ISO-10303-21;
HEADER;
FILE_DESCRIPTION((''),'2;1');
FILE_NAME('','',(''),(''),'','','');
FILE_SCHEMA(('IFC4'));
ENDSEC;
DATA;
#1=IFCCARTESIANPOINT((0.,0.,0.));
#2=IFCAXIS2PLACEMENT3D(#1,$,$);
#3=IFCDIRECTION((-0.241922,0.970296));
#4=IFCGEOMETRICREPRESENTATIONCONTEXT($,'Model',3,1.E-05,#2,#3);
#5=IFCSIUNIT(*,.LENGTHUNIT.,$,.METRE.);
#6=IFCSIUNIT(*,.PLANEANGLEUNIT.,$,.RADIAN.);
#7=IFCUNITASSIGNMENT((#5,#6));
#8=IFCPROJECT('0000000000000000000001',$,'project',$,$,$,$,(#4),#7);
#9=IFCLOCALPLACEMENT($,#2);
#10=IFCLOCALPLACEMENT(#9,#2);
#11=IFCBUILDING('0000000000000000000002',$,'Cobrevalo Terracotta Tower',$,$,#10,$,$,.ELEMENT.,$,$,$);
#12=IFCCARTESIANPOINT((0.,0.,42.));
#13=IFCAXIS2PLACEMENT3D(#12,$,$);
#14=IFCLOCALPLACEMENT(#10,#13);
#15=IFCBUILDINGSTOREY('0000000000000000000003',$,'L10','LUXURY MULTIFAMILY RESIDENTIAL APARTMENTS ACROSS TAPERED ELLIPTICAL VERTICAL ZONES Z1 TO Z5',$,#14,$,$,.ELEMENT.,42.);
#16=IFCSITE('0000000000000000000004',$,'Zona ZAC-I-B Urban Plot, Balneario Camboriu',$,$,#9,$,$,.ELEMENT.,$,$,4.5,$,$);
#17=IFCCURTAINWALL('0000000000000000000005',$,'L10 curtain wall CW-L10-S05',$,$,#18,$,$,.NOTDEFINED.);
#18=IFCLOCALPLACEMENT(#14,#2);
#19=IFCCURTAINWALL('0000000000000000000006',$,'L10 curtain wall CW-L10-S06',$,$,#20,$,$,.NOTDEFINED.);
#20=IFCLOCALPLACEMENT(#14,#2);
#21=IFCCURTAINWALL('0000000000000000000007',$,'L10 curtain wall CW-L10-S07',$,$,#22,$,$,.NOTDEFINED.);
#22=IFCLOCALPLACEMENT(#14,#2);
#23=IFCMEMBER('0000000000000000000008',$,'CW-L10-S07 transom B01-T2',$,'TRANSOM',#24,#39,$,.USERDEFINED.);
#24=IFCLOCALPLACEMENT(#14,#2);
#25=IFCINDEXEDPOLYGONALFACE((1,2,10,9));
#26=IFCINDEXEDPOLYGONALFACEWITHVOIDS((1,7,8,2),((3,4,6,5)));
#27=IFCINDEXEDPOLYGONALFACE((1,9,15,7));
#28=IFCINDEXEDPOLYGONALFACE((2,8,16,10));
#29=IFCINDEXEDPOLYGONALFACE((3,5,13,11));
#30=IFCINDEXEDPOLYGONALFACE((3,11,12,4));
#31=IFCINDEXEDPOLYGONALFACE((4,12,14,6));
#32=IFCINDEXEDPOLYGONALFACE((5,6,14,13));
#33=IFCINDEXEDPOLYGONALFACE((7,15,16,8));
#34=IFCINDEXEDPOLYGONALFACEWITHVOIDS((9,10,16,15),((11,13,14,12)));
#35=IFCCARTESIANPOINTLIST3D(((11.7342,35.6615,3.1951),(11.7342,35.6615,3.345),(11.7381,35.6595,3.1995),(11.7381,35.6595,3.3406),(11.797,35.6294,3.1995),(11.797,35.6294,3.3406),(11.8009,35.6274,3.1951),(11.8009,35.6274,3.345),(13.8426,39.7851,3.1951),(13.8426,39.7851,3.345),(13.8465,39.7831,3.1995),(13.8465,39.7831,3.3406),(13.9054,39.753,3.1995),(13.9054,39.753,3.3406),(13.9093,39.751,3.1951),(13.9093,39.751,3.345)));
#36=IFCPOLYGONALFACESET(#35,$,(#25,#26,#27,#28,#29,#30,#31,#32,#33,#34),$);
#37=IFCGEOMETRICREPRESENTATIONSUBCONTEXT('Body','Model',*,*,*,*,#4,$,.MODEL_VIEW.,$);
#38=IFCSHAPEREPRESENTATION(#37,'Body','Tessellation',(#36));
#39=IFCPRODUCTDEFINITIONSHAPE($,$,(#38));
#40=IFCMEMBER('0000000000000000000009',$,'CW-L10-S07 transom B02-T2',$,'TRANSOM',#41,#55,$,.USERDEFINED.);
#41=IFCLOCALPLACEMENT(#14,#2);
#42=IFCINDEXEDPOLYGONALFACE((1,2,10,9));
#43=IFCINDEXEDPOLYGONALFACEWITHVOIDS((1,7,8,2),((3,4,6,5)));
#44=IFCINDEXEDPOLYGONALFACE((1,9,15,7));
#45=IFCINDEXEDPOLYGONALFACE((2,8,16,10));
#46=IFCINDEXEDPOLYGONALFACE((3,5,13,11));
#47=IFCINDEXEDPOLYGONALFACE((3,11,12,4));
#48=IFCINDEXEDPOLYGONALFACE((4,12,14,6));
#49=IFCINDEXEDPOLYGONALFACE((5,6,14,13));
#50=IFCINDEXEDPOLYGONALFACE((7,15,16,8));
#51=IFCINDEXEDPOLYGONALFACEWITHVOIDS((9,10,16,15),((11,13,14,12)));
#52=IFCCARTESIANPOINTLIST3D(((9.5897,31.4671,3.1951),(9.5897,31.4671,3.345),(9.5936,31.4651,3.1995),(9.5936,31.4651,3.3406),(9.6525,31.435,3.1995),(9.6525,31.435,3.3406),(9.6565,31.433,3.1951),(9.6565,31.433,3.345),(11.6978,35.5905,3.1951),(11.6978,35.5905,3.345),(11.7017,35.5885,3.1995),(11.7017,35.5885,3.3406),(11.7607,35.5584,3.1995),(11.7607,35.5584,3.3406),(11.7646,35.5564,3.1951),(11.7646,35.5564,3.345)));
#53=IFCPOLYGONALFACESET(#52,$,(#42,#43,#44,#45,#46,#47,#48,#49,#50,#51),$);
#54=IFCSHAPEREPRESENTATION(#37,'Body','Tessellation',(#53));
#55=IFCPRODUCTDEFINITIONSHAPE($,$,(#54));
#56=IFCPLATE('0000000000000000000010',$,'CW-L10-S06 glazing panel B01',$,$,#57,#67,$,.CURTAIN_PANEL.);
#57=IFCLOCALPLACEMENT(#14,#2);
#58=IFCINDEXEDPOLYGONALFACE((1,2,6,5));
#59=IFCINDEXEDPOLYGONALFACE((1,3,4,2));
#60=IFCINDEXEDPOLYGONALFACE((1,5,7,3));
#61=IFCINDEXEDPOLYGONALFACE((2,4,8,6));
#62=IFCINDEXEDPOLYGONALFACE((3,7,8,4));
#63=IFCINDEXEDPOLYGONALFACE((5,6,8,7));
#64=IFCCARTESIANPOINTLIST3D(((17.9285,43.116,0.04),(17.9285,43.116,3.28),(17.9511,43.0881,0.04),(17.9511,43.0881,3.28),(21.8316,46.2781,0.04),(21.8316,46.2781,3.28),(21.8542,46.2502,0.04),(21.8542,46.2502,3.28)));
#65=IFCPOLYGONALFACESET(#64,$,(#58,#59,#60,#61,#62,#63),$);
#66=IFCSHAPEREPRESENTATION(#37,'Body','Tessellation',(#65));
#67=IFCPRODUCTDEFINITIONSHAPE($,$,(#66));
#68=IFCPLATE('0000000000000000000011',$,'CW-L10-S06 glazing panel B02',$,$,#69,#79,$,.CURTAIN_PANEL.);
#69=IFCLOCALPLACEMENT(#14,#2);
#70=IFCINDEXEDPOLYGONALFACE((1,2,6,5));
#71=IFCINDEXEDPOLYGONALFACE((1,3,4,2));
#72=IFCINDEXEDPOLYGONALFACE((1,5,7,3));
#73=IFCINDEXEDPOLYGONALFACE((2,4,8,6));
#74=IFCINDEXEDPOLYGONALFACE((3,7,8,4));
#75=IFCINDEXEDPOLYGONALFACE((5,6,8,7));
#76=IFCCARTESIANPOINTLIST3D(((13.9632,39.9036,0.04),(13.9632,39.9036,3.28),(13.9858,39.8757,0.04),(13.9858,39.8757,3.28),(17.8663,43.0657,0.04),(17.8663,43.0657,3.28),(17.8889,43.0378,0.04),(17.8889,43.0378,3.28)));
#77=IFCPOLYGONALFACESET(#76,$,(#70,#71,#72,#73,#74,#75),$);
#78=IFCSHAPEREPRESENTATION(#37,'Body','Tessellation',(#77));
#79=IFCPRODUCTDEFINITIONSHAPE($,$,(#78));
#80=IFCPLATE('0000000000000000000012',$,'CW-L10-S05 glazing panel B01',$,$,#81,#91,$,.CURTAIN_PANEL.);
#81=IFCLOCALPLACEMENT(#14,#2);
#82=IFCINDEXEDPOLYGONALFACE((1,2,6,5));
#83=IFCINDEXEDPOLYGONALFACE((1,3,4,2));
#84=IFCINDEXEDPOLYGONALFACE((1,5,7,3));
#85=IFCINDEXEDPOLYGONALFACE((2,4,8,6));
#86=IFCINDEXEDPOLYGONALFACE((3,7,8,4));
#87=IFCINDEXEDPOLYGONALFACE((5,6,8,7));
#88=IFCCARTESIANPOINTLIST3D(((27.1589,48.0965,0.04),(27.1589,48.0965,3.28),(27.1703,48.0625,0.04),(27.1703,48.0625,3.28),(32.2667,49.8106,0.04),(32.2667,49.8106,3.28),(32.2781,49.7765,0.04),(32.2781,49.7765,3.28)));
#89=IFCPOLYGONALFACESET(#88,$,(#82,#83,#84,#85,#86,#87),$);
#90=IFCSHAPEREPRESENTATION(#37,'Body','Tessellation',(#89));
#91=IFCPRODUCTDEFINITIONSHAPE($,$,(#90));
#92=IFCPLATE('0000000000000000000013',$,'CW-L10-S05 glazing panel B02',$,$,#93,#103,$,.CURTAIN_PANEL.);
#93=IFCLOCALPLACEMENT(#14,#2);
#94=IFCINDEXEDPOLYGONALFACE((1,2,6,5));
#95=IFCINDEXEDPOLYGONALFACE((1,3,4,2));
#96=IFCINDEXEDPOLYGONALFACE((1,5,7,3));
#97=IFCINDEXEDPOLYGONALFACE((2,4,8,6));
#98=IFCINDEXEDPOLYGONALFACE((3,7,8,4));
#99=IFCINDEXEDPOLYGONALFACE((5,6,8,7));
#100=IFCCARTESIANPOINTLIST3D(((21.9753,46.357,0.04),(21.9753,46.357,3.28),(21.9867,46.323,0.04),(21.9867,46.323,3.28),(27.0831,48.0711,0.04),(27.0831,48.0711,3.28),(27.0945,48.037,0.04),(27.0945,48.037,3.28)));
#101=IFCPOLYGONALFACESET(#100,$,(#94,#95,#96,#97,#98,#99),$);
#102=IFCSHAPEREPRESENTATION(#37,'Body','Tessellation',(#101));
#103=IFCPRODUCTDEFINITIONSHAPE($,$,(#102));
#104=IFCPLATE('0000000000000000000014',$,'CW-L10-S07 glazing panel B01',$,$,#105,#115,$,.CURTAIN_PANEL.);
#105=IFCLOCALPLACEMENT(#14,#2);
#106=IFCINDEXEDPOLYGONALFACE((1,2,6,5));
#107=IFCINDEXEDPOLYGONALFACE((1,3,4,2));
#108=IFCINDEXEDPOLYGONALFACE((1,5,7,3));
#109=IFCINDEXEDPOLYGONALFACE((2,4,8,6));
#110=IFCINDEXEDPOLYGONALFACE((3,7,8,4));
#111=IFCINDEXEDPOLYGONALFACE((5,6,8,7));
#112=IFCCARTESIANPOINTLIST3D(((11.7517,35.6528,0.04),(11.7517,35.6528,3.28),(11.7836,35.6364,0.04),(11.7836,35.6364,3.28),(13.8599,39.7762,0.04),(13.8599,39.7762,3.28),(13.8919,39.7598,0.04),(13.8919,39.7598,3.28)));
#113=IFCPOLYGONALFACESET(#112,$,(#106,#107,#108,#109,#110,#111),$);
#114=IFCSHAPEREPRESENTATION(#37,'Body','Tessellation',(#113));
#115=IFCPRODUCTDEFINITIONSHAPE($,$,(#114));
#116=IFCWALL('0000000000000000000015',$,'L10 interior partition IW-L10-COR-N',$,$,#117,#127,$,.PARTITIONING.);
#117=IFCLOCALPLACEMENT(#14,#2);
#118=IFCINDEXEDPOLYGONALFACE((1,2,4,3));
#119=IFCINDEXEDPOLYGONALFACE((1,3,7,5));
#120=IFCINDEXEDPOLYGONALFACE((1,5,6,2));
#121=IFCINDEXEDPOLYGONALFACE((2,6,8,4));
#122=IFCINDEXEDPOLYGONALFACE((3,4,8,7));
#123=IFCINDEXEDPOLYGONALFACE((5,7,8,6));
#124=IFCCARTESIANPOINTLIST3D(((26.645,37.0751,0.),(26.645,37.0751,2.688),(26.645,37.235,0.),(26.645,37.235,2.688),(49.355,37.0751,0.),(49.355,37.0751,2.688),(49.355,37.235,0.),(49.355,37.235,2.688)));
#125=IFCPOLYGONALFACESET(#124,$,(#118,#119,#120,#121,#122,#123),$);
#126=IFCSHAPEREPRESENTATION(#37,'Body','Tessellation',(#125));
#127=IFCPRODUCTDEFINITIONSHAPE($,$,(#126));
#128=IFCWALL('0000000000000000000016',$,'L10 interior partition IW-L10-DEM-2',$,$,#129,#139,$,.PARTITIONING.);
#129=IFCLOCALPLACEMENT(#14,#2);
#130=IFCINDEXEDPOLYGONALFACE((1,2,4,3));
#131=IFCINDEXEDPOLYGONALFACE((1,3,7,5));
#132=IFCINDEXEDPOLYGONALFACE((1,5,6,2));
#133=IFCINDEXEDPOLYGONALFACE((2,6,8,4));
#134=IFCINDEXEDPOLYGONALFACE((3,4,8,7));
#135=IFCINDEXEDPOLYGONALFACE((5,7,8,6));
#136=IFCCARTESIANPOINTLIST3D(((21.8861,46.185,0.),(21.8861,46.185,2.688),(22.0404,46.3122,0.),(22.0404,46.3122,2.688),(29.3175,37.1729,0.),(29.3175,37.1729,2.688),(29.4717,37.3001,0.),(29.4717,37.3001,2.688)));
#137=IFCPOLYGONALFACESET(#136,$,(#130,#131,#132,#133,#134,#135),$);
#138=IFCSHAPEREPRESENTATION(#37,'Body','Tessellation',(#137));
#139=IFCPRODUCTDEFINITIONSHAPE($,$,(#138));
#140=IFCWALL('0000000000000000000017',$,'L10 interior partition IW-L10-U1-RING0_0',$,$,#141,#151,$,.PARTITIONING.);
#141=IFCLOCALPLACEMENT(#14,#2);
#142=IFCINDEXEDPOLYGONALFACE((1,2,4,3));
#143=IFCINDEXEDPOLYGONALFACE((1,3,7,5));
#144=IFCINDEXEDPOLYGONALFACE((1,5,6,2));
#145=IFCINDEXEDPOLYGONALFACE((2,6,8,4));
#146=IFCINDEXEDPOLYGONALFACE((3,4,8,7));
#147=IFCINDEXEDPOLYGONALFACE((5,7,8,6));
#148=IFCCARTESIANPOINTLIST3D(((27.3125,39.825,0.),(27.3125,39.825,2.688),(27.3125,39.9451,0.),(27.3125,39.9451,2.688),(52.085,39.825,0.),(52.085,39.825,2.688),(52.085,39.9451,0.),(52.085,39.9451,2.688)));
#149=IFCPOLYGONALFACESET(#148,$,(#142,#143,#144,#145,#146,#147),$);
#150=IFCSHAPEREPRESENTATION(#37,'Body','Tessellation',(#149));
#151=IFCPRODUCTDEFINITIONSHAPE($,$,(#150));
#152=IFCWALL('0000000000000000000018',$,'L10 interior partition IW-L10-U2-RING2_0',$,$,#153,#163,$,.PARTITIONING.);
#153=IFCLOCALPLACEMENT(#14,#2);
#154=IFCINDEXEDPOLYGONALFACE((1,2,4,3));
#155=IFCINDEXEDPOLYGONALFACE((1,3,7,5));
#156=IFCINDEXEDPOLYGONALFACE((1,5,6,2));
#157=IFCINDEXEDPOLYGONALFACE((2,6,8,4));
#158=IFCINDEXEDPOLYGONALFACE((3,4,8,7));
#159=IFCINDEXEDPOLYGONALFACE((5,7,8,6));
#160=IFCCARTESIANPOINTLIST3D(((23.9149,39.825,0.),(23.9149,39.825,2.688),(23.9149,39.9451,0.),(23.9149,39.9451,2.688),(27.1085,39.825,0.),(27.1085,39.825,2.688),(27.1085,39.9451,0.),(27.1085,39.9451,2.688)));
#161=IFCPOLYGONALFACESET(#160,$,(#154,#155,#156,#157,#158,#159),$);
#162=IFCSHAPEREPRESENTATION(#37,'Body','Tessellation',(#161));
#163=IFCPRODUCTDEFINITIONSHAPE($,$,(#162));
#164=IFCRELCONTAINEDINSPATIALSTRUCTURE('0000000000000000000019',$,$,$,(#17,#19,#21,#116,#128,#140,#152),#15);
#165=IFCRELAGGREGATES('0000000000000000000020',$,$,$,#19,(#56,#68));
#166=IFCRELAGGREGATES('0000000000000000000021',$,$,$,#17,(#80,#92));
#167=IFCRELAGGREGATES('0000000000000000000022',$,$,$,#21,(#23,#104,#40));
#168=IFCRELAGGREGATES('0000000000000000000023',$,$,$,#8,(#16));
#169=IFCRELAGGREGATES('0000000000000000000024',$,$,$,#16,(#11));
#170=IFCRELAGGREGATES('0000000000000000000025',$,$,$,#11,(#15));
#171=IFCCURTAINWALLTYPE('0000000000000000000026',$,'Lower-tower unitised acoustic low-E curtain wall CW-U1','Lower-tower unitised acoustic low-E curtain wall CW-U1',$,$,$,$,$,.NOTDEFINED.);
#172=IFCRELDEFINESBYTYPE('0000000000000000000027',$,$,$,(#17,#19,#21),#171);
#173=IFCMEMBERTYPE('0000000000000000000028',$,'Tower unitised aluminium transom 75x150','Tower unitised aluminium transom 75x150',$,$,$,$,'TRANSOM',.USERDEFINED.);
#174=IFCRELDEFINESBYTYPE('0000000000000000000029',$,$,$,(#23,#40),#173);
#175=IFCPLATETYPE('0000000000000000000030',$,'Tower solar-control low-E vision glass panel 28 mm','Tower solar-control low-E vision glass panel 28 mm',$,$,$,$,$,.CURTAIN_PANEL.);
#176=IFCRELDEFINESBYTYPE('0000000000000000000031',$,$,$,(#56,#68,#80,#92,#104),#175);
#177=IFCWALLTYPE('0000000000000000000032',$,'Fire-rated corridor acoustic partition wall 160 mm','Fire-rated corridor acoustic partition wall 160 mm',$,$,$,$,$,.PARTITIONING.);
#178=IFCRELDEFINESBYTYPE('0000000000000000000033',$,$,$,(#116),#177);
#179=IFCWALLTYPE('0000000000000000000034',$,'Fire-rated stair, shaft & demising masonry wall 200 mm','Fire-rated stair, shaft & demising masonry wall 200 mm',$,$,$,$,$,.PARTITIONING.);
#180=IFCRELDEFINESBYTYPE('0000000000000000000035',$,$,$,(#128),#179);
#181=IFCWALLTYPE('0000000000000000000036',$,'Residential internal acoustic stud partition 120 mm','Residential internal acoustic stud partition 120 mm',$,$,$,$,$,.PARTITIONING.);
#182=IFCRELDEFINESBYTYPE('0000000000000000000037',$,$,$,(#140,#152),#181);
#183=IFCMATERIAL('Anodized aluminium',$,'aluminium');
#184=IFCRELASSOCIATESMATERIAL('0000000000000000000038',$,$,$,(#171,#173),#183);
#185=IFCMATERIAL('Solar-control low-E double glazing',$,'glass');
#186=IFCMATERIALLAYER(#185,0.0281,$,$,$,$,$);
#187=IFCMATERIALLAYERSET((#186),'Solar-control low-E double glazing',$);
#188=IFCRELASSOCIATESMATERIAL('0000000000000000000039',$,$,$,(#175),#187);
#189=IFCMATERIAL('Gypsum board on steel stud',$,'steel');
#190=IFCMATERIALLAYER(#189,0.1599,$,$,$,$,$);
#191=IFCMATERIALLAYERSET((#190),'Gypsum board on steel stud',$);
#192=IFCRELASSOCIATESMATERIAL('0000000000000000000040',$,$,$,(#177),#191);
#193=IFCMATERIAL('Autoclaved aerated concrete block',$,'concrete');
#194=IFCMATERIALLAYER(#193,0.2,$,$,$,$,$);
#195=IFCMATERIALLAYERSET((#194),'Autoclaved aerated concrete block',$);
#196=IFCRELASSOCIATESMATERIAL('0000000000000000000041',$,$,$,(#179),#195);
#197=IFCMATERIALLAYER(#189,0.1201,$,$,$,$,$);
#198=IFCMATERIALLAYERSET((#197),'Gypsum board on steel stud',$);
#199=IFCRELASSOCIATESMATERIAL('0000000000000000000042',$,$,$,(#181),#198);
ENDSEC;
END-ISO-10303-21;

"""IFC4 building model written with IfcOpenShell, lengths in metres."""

from ifc_helpers import new_model, si_unit, direction, frame, frame_2d, origin, origin_2d, place, context, subcontext, project, spatial, rectangle, hollow_rectangle, extrude, source, transform, mapped, material, layer, layer_set, material_profile, profile_set, type_object, element, aggregate, save


model = new_model("IFC4")

# Units and contexts
model_context = context("Model", 3, precision=1e-05, world=origin(), true_north=direction((-0.241922, 0.970296)))
body_context = subcontext(model_context, "Body", "Model", "MODEL_VIEW")
ifc_project = project(units=[si_unit("LENGTHUNIT", "METRE"), si_unit("PLANEANGLEUNIT", "RADIAN")], contexts=[model_context])

# Site, building, storey
site_placement = place(None, origin())
site = spatial("IfcSite", under=ifc_project, at=site_placement, Name="Zona ZAC-I-B Urban Plot, Balneario Camboriu", CompositionType="ELEMENT", RefElevation=4.5)
building_placement = place(site_placement, origin())
building = spatial("IfcBuilding", under=site, at=building_placement, Name="Cobrevalo Terracotta Tower", CompositionType="ELEMENT")
storey_placement = place(building_placement, frame((0.0, 0.0, 42.0)))
storey = spatial("IfcBuildingStorey", under=building, at=storey_placement, Name="L10", Description="LUXURY MULTIFAMILY RESIDENTIAL APARTMENTS ACROSS TAPERED ELLIPTICAL VERTICAL ZONES Z1 TO Z5", CompositionType="ELEMENT", Elevation=42.0)

# Curtain walls
ifc_material_1 = material(Name="Anodized aluminium", Category="aluminium")
curtain_wall_type = type_object("IfcCurtainWallType", Name="Lower-tower unitised acoustic low-E curtain wall CW-U1", Description="Lower-tower unitised acoustic low-E curtain wall CW-U1", PredefinedType="NOTDEFINED", material=ifc_material_1)
curtain_wall_1_placement = place(storey_placement, origin())
curtain_wall_1 = element("IfcCurtainWall", 1, at=curtain_wall_1_placement, inside=storey, type_object=curtain_wall_type, Name="L10 curtain wall CW-L10-S05", PredefinedType="NOTDEFINED")
curtain_wall_2_placement = place(storey_placement, origin())
curtain_wall_2 = element("IfcCurtainWall", 2, at=curtain_wall_2_placement, inside=storey, type_object=curtain_wall_type, Name="L10 curtain wall CW-L10-S06", PredefinedType="NOTDEFINED")
curtain_wall_3_placement = place(storey_placement, origin())
curtain_wall_3 = element("IfcCurtainWall", 3, at=curtain_wall_3_placement, inside=storey, type_object=curtain_wall_type, Name="L10 curtain wall CW-L10-S07", PredefinedType="NOTDEFINED")

# Members
ifc_material_profile_1 = material_profile(ifc_material_1, hollow_rectangle(XDim=0.075, YDim=0.1499, WallThickness=0.0044, at=origin_2d()), Name="CWT 75x150")
ifc_profile_set_1 = profile_set([ifc_material_profile_1], Name="Anodized aluminium")
member_type_1 = type_object("IfcMemberType", Name="Tower unitised aluminium transom 75x150", Description="Tower unitised aluminium transom 75x150", ElementType="TRANSOM", PredefinedType="USERDEFINED", material=ifc_profile_set_1)
shared_shape_1 = source(origin(), body_context, "Body", "SweptSolid", [
    extrude(hollow_rectangle(XDim=0.075, YDim=0.1499, WallThickness=0.0044, at=origin_2d()), origin(), (0.0, 0.0, 1.0), 4.6313),
])
member_1_placement = place(storey_placement, frame((13.876, 39.7681, 3.27), z_axis=(-0.45525, -0.890363, 0.0), x_axis=(0.890363, -0.45525, 0.0)))
member_1 = element("IfcMember", 4, at=member_1_placement, type_object=member_type_1, Name="CW-L10-S07 transom B01-T2", ObjectType="TRANSOM", PredefinedType="USERDEFINED", context=body_context, shape_type="MappedRepresentation", body=[
    mapped(shared_shape_1, transform((0.0, 0.0, 0.0), scale=1.0)),
])
shared_shape_2 = source(origin(), body_context, "Body", "SweptSolid", [
    extrude(hollow_rectangle(XDim=0.075, YDim=0.1499, WallThickness=0.0044, at=origin_2d()), origin(), (0.0, 0.0, 1.0), 4.6311),
])
member_2_placement = place(storey_placement, frame((11.7312, 35.5735, 3.27), z_axis=(-0.455209, -0.890385, 0.0), x_axis=(0.890385, -0.455209, 0.0)))
member_2 = element("IfcMember", 5, at=member_2_placement, type_object=member_type_1, Name="CW-L10-S07 transom B02-T2", ObjectType="TRANSOM", PredefinedType="USERDEFINED", context=body_context, shape_type="MappedRepresentation", body=[
    mapped(shared_shape_2, transform((0.0, 0.0, 0.0), scale=1.0)),
])

# Plates
ifc_material_2 = material(Name="Solar-control low-E double glazing", Category="glass")
ifc_layer_1 = layer(ifc_material_2, 0.0281)
ifc_layer_set_1 = layer_set([ifc_layer_1], Name="Solar-control low-E double glazing")
plate_type = type_object("IfcPlateType", Name="Tower solar-control low-E vision glass panel 28 mm", Description="Tower solar-control low-E vision glass panel 28 mm", PredefinedType="CURTAIN_PANEL", material=ifc_layer_set_1)
shared_shape_3 = source(origin(), body_context, "Body", "SweptSolid", [
    extrude(rectangle(XDim=5.0232, YDim=0.0359, at=origin_2d()), origin(), (0.0, 0.0, 1.0), 3.24),
])
plate_1_placement = place(storey_placement, frame((19.8914, 44.6831, 0.04), z_axis=(0.0, 0.0, 1.0), x_axis=(-0.777008, -0.629491, 0.0)))
plate_1 = element("IfcPlate", 6, at=plate_1_placement, type_object=plate_type, Name="CW-L10-S06 glazing panel B01", PredefinedType="CURTAIN_PANEL", context=body_context, shape_type="MappedRepresentation", body=[
    mapped(shared_shape_3, transform((0.0, 0.0, 0.0), scale=1.0)),
])
plate_2_placement = place(storey_placement, frame((15.926, 41.4707, 0.04), z_axis=(0.0, 0.0, 1.0), x_axis=(-0.777008, -0.629491, 0.0)))
plate_2 = element("IfcPlate", 7, at=plate_2_placement, type_object=plate_type, Name="CW-L10-S06 glazing panel B02", PredefinedType="CURTAIN_PANEL", context=body_context, shape_type="MappedRepresentation", body=[
    mapped(shared_shape_3, transform((0.0, 0.0, 0.0), scale=1.0)),
])
aggregate(curtain_wall_2, [plate_1, plate_2])
shared_shape_4 = source(origin(), body_context, "Body", "SweptSolid", [
    extrude(rectangle(XDim=5.3877, YDim=0.0359, at=origin_2d()), origin(), (0.0, 0.0, 1.0), 3.24),
])
plate_3_placement = place(storey_placement, frame((29.7185, 48.9365, 0.04), z_axis=(0.0, 0.0, 1.0), x_axis=(-0.948044, -0.318139, 0.0)))
plate_3 = element("IfcPlate", 8, at=plate_3_placement, type_object=plate_type, Name="CW-L10-S05 glazing panel B01", PredefinedType="CURTAIN_PANEL", context=body_context, shape_type="MappedRepresentation", body=[
    mapped(shared_shape_4, transform((0.0, 0.0, 0.0), scale=1.0)),
])
plate_4_placement = place(storey_placement, frame((24.5349, 47.197, 0.04), z_axis=(0.0, 0.0, 1.0), x_axis=(-0.948044, -0.318139, 0.0)))
plate_4 = element("IfcPlate", 9, at=plate_4_placement, type_object=plate_type, Name="CW-L10-S05 glazing panel B02", PredefinedType="CURTAIN_PANEL", context=body_context, shape_type="MappedRepresentation", body=[
    mapped(shared_shape_4, transform((0.0, 0.0, 0.0), scale=1.0)),
])
aggregate(curtain_wall_1, [plate_3, plate_4])
shared_shape_5 = source(origin(), body_context, "Body", "SweptSolid", [
    extrude(rectangle(XDim=4.6311, YDim=0.0359, at=origin_2d()), origin(), (0.0, 0.0, 1.0), 3.24),
])
plate_5_placement = place(storey_placement, frame((12.8218, 37.7063, 0.04), z_axis=(0.0, 0.0, 1.0), x_axis=(-0.455231, -0.890373, 0.0)))
plate_5 = element("IfcPlate", 10, at=plate_5_placement, type_object=plate_type, Name="CW-L10-S07 glazing panel B01", PredefinedType="CURTAIN_PANEL", context=body_context, shape_type="MappedRepresentation", body=[
    mapped(shared_shape_5, transform((0.0, 0.0, 0.0), scale=1.0)),
])
aggregate(curtain_wall_3, [member_1, plate_5, member_2])

# Walls
ifc_material_3 = material(Name="Gypsum board on steel stud", Category="steel")
ifc_layer_2 = layer(ifc_material_3, 0.1599)
ifc_layer_set_2 = layer_set([ifc_layer_2], Name="Gypsum board on steel stud")
wall_type_1 = type_object("IfcWallType", Name="Fire-rated corridor acoustic partition wall 160 mm", Description="Fire-rated corridor acoustic partition wall 160 mm", PredefinedType="PARTITIONING", material=ifc_layer_set_2)
wall_1_placement = place(storey_placement, frame((26.645, 37.155, 0.0), z_axis=(0.0, 0.0, 1.0), x_axis=(1.0, 0.0, 0.0)))
element("IfcWall", 11, at=wall_1_placement, inside=storey, type_object=wall_type_1, Name="L10 interior partition IW-L10-COR-N", PredefinedType="PARTITIONING", context=body_context, shape_type="SweptSolid", body=[
    extrude(rectangle(XDim=22.71, YDim=0.1599, at=frame_2d((11.355, 0.0))), origin(), (0.0, 0.0, 1.0), 2.688),
])
ifc_material_4 = material(Name="Autoclaved aerated concrete block", Category="concrete")
ifc_layer_3 = layer(ifc_material_4, 0.2)
ifc_layer_set_3 = layer_set([ifc_layer_3], Name="Autoclaved aerated concrete block")
wall_type_2 = type_object("IfcWallType", Name="Fire-rated stair, shaft & demising masonry wall 200 mm", Description="Fire-rated stair, shaft & demising masonry wall 200 mm", PredefinedType="PARTITIONING", material=ifc_layer_set_3)
wall_2_placement = place(storey_placement, frame((29.3945, 37.2366, 0.0), z_axis=(0.0, 0.0, 1.0), x_axis=(-0.636196, 0.771528, 0.0)))
element("IfcWall", 12, at=wall_2_placement, inside=storey, type_object=wall_type_2, Name="L10 interior partition IW-L10-DEM-2", PredefinedType="PARTITIONING", context=body_context, shape_type="SweptSolid", body=[
    extrude(rectangle(XDim=11.6809, YDim=0.2, at=frame_2d((5.8403, 0.0))), origin(), (0.0, 0.0, 1.0), 2.688),
])
ifc_layer_4 = layer(ifc_material_3, 0.1201)
ifc_layer_set_4 = layer_set([ifc_layer_4], Name="Gypsum board on steel stud")
wall_type_3 = type_object("IfcWallType", Name="Residential internal acoustic stud partition 120 mm", Description="Residential internal acoustic stud partition 120 mm", PredefinedType="PARTITIONING", material=ifc_layer_set_4)
wall_3_placement = place(storey_placement, frame((27.3125, 39.885, 0.0), z_axis=(0.0, 0.0, 1.0), x_axis=(1.0, 0.0, 0.0)))
element("IfcWall", 13, at=wall_3_placement, inside=storey, type_object=wall_type_3, Name="L10 interior partition IW-L10-U1-RING0_0", PredefinedType="PARTITIONING", context=body_context, shape_type="SweptSolid", body=[
    extrude(rectangle(XDim=24.7725, YDim=0.1201, at=frame_2d((12.3862, 0.0))), origin(), (0.0, 0.0, 1.0), 2.688),
])
wall_4_placement = place(storey_placement, frame((23.915, 39.885, 0.0), z_axis=(0.0, 0.0, 1.0), x_axis=(1.0, 0.0, 0.0)))
element("IfcWall", 14, at=wall_4_placement, inside=storey, type_object=wall_type_3, Name="L10 interior partition IW-L10-U2-RING2_0", PredefinedType="PARTITIONING", context=body_context, shape_type="SweptSolid", body=[
    extrude(rectangle(XDim=3.1936, YDim=0.1201, at=frame_2d((1.5967, 0.0))), origin(), (0.0, 0.0, 1.0), 2.688),
])

save(model, "model.ifc")
